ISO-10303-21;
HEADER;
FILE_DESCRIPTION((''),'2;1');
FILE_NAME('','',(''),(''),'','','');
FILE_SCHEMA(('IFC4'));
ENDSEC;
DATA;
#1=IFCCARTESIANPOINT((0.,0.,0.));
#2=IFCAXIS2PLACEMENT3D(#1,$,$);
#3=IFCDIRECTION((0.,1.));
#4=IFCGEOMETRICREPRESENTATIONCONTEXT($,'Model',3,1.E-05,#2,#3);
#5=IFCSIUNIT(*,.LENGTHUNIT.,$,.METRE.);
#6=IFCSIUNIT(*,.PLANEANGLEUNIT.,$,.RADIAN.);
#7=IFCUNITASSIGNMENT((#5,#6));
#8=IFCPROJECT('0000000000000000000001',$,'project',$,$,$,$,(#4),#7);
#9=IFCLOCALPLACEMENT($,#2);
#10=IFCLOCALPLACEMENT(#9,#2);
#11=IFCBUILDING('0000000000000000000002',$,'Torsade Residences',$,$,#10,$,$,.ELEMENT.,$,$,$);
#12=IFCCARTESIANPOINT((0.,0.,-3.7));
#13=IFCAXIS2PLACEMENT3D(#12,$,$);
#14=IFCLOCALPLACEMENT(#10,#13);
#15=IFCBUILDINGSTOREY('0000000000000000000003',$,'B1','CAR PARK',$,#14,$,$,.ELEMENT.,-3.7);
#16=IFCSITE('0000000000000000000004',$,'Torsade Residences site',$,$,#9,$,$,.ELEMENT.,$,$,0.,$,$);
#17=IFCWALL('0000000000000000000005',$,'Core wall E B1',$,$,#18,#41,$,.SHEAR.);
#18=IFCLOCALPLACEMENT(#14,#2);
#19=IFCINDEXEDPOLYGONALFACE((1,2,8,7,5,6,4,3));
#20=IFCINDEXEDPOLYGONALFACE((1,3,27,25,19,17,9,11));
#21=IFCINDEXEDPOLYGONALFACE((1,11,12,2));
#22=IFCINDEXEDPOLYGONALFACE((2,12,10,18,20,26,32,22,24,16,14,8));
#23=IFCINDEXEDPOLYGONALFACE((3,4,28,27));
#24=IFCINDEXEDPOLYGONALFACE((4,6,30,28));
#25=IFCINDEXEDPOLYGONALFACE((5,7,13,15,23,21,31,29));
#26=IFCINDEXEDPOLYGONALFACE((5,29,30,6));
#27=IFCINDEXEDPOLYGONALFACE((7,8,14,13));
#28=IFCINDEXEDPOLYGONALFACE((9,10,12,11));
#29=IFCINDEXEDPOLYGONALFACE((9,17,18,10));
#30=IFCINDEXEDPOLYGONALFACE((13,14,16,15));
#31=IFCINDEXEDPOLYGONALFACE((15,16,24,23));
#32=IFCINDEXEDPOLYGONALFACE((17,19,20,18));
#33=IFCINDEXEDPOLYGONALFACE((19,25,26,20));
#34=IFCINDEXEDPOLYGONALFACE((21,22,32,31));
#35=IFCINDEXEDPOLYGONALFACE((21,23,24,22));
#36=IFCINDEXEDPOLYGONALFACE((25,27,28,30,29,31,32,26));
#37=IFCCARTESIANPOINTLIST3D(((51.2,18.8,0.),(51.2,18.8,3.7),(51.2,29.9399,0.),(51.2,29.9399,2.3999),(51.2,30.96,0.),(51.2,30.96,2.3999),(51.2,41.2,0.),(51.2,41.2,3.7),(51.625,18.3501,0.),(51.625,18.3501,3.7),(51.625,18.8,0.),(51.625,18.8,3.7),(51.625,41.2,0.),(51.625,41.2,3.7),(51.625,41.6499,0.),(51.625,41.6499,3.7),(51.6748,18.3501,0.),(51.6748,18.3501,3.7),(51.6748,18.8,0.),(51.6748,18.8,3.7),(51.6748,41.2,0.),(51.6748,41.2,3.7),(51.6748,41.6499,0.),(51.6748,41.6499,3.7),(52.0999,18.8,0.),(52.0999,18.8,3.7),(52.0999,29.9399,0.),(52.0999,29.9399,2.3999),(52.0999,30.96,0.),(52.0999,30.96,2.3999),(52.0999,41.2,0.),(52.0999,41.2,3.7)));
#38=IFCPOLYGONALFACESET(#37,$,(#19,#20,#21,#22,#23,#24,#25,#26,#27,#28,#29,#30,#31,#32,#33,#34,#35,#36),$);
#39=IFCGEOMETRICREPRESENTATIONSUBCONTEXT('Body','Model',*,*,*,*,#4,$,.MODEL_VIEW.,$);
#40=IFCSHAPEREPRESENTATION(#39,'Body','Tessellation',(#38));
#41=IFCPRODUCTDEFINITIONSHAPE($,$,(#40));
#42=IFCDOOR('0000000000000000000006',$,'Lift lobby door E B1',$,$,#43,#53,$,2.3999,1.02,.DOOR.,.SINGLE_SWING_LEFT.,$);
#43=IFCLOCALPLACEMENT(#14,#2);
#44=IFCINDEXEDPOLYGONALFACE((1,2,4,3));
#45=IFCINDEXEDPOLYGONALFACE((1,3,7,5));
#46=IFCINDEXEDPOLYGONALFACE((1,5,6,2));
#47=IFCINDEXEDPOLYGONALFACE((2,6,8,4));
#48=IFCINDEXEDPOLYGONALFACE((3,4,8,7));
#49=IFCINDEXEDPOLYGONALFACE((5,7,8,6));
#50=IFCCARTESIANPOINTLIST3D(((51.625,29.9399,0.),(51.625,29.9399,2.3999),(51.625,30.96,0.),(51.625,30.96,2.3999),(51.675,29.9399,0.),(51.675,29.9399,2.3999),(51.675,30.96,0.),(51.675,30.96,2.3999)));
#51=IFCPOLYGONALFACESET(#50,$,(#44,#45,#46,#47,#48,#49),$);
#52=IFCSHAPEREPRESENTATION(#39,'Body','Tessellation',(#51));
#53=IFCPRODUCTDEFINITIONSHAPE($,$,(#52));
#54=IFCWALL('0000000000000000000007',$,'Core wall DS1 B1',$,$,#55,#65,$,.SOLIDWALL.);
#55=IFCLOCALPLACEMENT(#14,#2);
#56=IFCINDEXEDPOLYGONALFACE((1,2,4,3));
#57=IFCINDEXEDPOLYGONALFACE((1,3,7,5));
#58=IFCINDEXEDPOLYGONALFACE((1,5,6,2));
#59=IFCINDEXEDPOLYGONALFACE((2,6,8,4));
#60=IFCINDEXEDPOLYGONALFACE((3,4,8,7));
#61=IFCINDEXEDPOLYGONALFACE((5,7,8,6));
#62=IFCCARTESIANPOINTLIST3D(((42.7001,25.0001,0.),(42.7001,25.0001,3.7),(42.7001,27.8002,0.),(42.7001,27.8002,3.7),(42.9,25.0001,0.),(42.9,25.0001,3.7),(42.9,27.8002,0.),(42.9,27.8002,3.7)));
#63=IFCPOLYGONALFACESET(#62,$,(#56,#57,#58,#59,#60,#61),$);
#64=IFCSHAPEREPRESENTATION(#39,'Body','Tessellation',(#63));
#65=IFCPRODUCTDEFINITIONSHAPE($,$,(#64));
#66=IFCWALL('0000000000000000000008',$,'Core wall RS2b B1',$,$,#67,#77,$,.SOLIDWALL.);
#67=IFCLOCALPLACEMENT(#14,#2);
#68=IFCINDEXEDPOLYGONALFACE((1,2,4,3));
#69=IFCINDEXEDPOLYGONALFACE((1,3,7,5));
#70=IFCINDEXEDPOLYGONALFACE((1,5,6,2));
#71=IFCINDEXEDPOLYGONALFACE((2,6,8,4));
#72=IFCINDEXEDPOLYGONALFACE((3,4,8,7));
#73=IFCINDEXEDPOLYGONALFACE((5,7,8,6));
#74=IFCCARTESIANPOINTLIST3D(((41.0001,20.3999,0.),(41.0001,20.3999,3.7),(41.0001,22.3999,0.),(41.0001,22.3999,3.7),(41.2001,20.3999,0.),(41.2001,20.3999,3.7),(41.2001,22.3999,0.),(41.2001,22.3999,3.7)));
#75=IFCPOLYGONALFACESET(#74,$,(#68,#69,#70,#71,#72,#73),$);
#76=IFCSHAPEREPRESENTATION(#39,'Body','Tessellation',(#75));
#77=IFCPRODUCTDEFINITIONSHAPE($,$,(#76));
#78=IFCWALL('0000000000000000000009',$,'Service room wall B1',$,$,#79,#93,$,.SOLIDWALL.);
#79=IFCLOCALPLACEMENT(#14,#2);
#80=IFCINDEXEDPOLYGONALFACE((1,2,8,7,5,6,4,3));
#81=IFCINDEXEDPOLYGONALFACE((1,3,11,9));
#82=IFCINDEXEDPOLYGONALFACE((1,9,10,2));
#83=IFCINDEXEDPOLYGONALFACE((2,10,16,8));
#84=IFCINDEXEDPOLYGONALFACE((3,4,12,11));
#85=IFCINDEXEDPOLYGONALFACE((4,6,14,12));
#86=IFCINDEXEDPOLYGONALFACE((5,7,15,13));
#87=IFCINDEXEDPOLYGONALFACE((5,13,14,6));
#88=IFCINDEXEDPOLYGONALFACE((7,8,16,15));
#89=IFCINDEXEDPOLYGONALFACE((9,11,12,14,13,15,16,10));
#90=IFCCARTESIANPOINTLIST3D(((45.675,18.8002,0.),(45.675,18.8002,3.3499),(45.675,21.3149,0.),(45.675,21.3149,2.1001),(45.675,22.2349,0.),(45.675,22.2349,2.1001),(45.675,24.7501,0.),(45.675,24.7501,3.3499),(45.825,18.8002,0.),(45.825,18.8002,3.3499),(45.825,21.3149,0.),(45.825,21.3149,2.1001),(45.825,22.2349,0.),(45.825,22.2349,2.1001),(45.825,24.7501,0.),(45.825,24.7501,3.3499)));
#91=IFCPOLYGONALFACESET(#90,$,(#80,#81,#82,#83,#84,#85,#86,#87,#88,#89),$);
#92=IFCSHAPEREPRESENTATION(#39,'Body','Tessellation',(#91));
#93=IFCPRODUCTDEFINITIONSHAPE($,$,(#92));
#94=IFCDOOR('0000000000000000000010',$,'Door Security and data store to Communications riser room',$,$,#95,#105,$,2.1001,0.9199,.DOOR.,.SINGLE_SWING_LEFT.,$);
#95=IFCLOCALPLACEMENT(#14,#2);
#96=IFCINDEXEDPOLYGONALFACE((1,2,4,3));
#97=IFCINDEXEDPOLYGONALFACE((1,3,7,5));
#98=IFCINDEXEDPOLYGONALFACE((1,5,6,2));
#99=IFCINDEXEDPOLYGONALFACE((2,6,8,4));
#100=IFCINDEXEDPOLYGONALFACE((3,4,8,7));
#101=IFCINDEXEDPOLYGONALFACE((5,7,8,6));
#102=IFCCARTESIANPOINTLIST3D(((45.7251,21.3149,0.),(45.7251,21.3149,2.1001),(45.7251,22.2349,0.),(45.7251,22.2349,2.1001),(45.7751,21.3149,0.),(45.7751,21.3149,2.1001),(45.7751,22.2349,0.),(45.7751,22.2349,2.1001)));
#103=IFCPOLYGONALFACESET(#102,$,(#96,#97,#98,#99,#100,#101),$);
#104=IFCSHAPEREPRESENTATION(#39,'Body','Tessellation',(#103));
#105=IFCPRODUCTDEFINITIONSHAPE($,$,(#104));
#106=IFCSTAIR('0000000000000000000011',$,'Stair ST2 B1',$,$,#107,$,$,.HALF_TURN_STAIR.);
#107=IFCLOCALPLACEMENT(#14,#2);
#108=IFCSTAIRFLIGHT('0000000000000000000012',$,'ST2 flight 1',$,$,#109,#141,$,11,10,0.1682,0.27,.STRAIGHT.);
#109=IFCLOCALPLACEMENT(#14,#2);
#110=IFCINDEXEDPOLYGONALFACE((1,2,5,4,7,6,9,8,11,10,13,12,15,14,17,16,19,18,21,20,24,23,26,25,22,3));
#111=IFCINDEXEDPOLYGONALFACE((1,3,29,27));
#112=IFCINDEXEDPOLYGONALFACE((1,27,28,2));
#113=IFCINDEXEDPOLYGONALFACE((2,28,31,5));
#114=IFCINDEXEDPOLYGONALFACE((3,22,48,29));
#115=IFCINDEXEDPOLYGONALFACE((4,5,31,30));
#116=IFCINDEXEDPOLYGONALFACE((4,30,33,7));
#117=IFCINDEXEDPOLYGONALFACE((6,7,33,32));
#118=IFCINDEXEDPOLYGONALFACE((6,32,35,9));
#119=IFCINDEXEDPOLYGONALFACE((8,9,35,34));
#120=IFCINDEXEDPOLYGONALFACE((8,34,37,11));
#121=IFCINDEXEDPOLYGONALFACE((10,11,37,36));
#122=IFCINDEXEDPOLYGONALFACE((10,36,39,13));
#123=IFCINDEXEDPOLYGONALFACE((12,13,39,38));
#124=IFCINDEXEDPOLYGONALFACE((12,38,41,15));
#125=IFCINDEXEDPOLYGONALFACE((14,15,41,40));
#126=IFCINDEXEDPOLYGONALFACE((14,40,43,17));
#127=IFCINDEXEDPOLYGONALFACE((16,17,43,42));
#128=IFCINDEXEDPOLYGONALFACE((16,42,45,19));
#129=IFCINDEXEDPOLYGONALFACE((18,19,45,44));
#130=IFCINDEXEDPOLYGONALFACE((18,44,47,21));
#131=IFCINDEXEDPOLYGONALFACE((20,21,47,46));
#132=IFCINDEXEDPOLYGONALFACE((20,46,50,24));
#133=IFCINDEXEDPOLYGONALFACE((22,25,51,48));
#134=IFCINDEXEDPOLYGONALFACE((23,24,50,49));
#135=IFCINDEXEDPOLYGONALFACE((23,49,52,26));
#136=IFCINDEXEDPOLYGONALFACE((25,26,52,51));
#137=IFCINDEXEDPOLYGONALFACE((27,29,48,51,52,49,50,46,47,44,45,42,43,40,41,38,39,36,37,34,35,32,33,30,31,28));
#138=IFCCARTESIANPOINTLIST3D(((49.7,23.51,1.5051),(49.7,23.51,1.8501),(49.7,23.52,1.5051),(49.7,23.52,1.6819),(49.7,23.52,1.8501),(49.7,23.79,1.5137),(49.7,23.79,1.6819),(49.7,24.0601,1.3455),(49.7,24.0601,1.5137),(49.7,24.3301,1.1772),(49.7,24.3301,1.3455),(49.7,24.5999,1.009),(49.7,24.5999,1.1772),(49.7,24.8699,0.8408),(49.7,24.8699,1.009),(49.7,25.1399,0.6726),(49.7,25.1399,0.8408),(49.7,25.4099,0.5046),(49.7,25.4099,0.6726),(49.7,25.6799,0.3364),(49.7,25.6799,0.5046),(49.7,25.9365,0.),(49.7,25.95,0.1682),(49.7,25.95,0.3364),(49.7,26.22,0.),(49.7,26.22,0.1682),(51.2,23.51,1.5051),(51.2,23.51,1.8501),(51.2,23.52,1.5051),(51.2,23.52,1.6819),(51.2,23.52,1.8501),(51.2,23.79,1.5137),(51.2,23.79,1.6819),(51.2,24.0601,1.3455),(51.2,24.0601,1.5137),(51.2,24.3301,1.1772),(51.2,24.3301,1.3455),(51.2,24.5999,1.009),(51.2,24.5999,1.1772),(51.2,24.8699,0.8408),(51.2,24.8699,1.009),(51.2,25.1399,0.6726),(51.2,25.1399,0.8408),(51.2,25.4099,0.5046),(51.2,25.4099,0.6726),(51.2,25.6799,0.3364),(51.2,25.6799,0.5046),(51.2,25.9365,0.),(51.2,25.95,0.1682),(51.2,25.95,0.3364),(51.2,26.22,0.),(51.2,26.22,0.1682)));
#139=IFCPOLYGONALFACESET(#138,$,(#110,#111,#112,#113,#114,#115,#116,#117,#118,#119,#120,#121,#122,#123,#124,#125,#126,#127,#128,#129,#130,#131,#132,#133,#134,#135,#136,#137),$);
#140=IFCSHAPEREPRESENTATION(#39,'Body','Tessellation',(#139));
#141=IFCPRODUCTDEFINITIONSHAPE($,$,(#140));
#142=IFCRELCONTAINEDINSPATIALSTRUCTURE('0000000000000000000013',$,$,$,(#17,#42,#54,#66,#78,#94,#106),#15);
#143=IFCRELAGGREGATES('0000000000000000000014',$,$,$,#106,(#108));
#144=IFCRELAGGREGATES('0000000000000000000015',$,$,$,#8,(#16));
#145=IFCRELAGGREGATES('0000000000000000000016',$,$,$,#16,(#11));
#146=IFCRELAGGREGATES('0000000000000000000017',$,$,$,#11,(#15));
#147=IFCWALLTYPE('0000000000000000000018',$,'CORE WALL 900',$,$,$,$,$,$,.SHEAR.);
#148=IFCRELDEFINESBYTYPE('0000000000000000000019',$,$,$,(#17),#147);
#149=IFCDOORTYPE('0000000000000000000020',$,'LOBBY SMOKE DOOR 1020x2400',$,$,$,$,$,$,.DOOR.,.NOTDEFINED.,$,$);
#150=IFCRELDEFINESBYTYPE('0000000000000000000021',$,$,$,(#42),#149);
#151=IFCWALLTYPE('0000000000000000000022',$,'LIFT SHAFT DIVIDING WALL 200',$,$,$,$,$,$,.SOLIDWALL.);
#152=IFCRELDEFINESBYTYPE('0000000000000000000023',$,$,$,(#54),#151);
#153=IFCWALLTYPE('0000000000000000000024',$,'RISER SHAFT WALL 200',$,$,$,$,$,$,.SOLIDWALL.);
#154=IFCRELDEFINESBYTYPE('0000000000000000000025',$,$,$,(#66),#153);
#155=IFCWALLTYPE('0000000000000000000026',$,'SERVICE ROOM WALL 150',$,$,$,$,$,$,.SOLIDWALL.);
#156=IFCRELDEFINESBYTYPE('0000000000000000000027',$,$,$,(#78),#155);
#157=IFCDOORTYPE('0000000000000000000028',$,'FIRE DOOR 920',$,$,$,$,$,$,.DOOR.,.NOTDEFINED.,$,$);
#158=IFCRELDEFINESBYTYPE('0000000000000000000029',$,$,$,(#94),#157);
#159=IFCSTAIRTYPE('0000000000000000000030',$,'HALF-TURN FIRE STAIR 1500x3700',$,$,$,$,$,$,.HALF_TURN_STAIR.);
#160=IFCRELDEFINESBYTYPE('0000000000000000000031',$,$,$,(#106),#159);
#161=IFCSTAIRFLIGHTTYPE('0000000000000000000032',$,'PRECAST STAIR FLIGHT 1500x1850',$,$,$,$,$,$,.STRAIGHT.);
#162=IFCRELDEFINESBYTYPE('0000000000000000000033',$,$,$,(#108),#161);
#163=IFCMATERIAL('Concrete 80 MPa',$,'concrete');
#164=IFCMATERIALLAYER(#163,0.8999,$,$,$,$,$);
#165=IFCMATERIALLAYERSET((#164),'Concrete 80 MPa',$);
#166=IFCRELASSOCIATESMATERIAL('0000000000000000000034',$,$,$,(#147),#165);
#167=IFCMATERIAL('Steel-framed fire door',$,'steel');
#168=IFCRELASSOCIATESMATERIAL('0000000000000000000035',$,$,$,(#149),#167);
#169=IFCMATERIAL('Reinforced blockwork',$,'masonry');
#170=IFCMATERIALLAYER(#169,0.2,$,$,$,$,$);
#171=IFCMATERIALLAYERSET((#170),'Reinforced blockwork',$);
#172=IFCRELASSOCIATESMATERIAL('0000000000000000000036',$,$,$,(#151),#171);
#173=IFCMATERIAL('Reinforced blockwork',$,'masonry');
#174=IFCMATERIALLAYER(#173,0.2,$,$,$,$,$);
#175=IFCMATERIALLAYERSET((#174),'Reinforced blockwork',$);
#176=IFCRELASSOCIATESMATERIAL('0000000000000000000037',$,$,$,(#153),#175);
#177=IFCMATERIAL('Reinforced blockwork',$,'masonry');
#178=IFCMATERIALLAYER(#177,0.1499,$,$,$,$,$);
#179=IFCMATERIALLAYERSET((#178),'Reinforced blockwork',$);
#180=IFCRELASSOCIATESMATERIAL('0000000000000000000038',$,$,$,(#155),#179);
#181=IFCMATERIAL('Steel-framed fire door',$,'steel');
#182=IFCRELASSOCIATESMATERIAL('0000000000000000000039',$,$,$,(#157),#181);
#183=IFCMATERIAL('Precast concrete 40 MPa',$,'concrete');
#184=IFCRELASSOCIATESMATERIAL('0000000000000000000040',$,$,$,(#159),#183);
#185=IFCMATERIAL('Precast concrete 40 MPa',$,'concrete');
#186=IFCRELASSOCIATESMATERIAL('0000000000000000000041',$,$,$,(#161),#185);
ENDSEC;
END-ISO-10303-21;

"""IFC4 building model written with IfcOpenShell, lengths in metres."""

from ifc_helpers import new_model, si_unit, direction, frame, frame_2d, origin, place, context, subcontext, project, spatial, polyline, rectangle, outline, extrude, material, layer, layer_set, type_object, element, fill, aggregate, save


model = new_model("IFC4")

# Units and contexts
model_context = context("Model", 3, precision=1e-05, world=origin(), true_north=direction((0.0, 1.0)))
body_context = subcontext(model_context, "Body", "Model", "MODEL_VIEW")
ifc_project = project(units=[si_unit("LENGTHUNIT", "METRE"), si_unit("PLANEANGLEUNIT", "RADIAN")], contexts=[model_context])

# Site, building, storey
site_placement = place(None, origin())
site = spatial("IfcSite", under=ifc_project, at=site_placement, Name="Torsade Residences site", CompositionType="ELEMENT", RefElevation=0.0)
building_placement = place(site_placement, origin())
building = spatial("IfcBuilding", under=site, at=building_placement, Name="Torsade Residences", CompositionType="ELEMENT")
storey_placement = place(building_placement, frame((0.0, 0.0, -3.7)))
storey = spatial("IfcBuildingStorey", under=building, at=storey_placement, Name="B1", Description="CAR PARK", CompositionType="ELEMENT", Elevation=-3.7)

# Shared definitions
ifc_material_1 = material(Name="Concrete 80 MPa", Category="concrete")
ifc_layer_1 = layer(ifc_material_1, 0.8999)
ifc_layer_set_1 = layer_set([ifc_layer_1], Name="Concrete 80 MPa")
wall_type_1 = type_object("IfcWallType", Name="CORE WALL 900", PredefinedType="SHEAR", material=ifc_layer_set_1)

# Wall, opening, door
wall_1_placement = place(storey_placement, frame((51.6499, 18.8, 0.0), z_axis=(0.0, 0.0, 1.0), x_axis=(0.0, 1.0, 0.0)))
wall_1 = element("IfcWall", 1, at=wall_1_placement, inside=storey, type_object=wall_type_1, Name="Core wall E B1", PredefinedType="SHEAR", context=body_context, shape_type="SweptSolid", body=[
    extrude(outline(polyline([(0.0, -0.45), (22.3999, -0.45), (22.3999, -0.0249), (22.8499, -0.0249), (22.8499, 0.0249), (22.3999, 0.0249), (22.3999, 0.45), (0.0, 0.45), (0.0, 0.0249), (-0.45, 0.0249), (-0.45, -0.0249), (0.0, -0.0249), (0.0, -0.45)])), origin(), (0.0, 0.0, 1.0), 3.7),
])
opening_1_placement = place(wall_1_placement, frame((11.1399, 0.0, 0.0)))
opening_1 = element("IfcOpeningElement", 2, at=opening_1_placement, cuts=wall_1, PredefinedType="OPENING", context=body_context, shape_type="SweptSolid", body=[
    extrude(rectangle(XDim=1.02, YDim=2.3999, at=frame_2d((0.51, 1.2))), frame((0.0, 0.46, 0.0), z_axis=(0.0, -1.0, 0.0), x_axis=(1.0, 0.0, 0.0)), (0.0, 0.0, 1.0), 0.9199),
])
ifc_material_2 = material(Name="Steel-framed fire door", Category="steel")
door_type_1 = type_object("IfcDoorType", Name="LOBBY SMOKE DOOR 1020x2400", OperationType="NOTDEFINED", PredefinedType="DOOR", material=ifc_material_2)
door_1_placement = place(opening_1_placement, origin())
door_1 = element("IfcDoor", 3, at=door_1_placement, inside=storey, type_object=door_type_1, Name="Lift lobby door E B1", OperationType="SINGLE_SWING_LEFT", OverallHeight=2.3999, OverallWidth=1.02, PredefinedType="DOOR", context=body_context, shape_type="SweptSolid", body=[
    extrude(rectangle(XDim=1.02, YDim=2.3999, at=frame_2d((0.51, 1.2))), frame((0.0, 0.0249, 0.0), z_axis=(0.0, -1.0, 0.0), x_axis=(1.0, 0.0, 0.0)), (0.0, 0.0, 1.0), 0.05),
])
fill(opening_1, door_1)

# Walls
ifc_material_3 = material(Name="Reinforced blockwork", Category="masonry")
ifc_layer_2 = layer(ifc_material_3, 0.2)
ifc_layer_set_2 = layer_set([ifc_layer_2], Name="Reinforced blockwork")
wall_type_2 = type_object("IfcWallType", Name="LIFT SHAFT DIVIDING WALL 200", PredefinedType="SOLIDWALL", material=ifc_layer_set_2)
wall_2_placement = place(storey_placement, frame((42.8, 27.8, 0.0), z_axis=(0.0, 0.0, 1.0), x_axis=(0.0, -1.0, 0.0)))
element("IfcWall", 4, at=wall_2_placement, inside=storey, type_object=wall_type_2, Name="Core wall DS1 B1", PredefinedType="SOLIDWALL", context=body_context, shape_type="SweptSolid", body=[
    extrude(rectangle(XDim=2.8, YDim=0.2, at=frame_2d((1.3999, 0.0))), origin(), (0.0, 0.0, 1.0), 3.7),
])
ifc_material_4 = material(Name="Reinforced blockwork", Category="masonry")
ifc_layer_3 = layer(ifc_material_4, 0.2)
ifc_layer_set_3 = layer_set([ifc_layer_3], Name="Reinforced blockwork")
wall_type_3 = type_object("IfcWallType", Name="RISER SHAFT WALL 200", PredefinedType="SOLIDWALL", material=ifc_layer_set_3)
wall_3_placement = place(storey_placement, frame((41.1001, 22.3999, 0.0), z_axis=(0.0, 0.0, 1.0), x_axis=(0.0, -1.0, 0.0)))
element("IfcWall", 5, at=wall_3_placement, inside=storey, type_object=wall_type_3, Name="Core wall RS2b B1", PredefinedType="SOLIDWALL", context=body_context, shape_type="SweptSolid", body=[
    extrude(rectangle(XDim=2.0, YDim=0.2, at=frame_2d((1.0, 0.0))), origin(), (0.0, 0.0, 1.0), 3.7),
])

# Wall, opening, door
ifc_material_5 = material(Name="Reinforced blockwork", Category="masonry")
ifc_layer_4 = layer(ifc_material_5, 0.1499)
ifc_layer_set_4 = layer_set([ifc_layer_4], Name="Reinforced blockwork")
wall_type_4 = type_object("IfcWallType", Name="SERVICE ROOM WALL 150", PredefinedType="SOLIDWALL", material=ifc_layer_set_4)
wall_4_placement = place(storey_placement, frame((45.75, 18.8, 0.0), z_axis=(0.0, 0.0, 1.0), x_axis=(0.0, 1.0, 0.0)))
wall_4 = element("IfcWall", 6, at=wall_4_placement, inside=storey, type_object=wall_type_4, Name="Service room wall B1", PredefinedType="SOLIDWALL", context=body_context, shape_type="SweptSolid", body=[
    extrude(rectangle(XDim=5.95, YDim=0.1499, at=frame_2d((2.9751, 0.0))), origin(), (0.0, 0.0, 1.0), 3.3499),
])
opening_2_placement = place(wall_4_placement, frame((2.5149, 0.0, 0.0)))
opening_2 = element("IfcOpeningElement", 7, at=opening_2_placement, cuts=wall_4, PredefinedType="OPENING", context=body_context, shape_type="SweptSolid", body=[
    extrude(rectangle(XDim=0.9199, YDim=2.1001, at=frame_2d((0.46, 1.05))), frame((0.0, 0.085, 0.0), z_axis=(0.0, -1.0, 0.0), x_axis=(1.0, 0.0, 0.0)), (0.0, 0.0, 1.0), 0.1699),
])
ifc_material_6 = material(Name="Steel-framed fire door", Category="steel")
door_type_2 = type_object("IfcDoorType", Name="FIRE DOOR 920", OperationType="NOTDEFINED", PredefinedType="DOOR", material=ifc_material_6)
door_2_placement = place(opening_2_placement, origin())
door_2 = element("IfcDoor", 8, at=door_2_placement, inside=storey, type_object=door_type_2, Name="Door Security and data store to Communications riser room", OperationType="SINGLE_SWING_LEFT", OverallHeight=2.1001, OverallWidth=0.9199, PredefinedType="DOOR", context=body_context, shape_type="SweptSolid", body=[
    extrude(rectangle(XDim=0.9199, YDim=2.1001, at=frame_2d((0.46, 1.05))), frame((0.0, 0.0249, 0.0), z_axis=(0.0, -1.0, 0.0), x_axis=(1.0, 0.0, 0.0)), (0.0, 0.0, 1.0), 0.05),
])
fill(opening_2, door_2)

# Stair, stair flight
ifc_material_7 = material(Name="Precast concrete 40 MPa", Category="concrete")
stair_type = type_object("IfcStairType", Name="HALF-TURN FIRE STAIR 1500x3700", PredefinedType="HALF_TURN_STAIR", material=ifc_material_7)
stair_placement = place(storey_placement, origin())
stair = element("IfcStair", 9, at=stair_placement, inside=storey, type_object=stair_type, Name="Stair ST2 B1", PredefinedType="HALF_TURN_STAIR")
ifc_material_8 = material(Name="Precast concrete 40 MPa", Category="concrete")
stair_flight_type = type_object("IfcStairFlightType", Name="PRECAST STAIR FLIGHT 1500x1850", PredefinedType="STRAIGHT", material=ifc_material_8)
stair_flight_1_placement = place(storey_placement, frame((50.45, 26.22, 0.0), z_axis=(0.0, 0.0, 1.0), x_axis=(0.0, -1.0, 0.0)))
stair_flight_1 = element("IfcStairFlight", 10, at=stair_flight_1_placement, type_object=stair_flight_type, Name="ST2 flight 1", NumberOfRisers=11, NumberOfTreads=10, PredefinedType="STRAIGHT", RiserHeight=0.1682, TreadLength=0.27, context=body_context, shape_type="SweptSolid", body=[
    extrude(outline(polyline([(0.0, 0.0), (0.0, 0.1682), (0.27, 0.1682), (0.27, 0.3364), (0.54, 0.3364), (0.54, 0.5046), (0.8101, 0.5046), (0.8101, 0.6726), (1.0801, 0.6726), (1.0801, 0.8408), (1.3501, 0.8408), (1.3501, 1.009), (1.6201, 1.009), (1.6201, 1.1772), (1.8899, 1.1772), (1.8899, 1.3455), (2.1599, 1.3455), (2.1599, 1.5137), (2.4299, 1.5137), (2.4299, 1.6819), (2.7, 1.6819), (2.7, 1.8501), (2.71, 1.8501), (2.71, 1.5051), (2.7, 1.5051), (0.2834, 0.0), (0.0, 0.0)])), frame((0.0, 0.75, 0.0), z_axis=(0.0, -1.0, 0.0), x_axis=(1.0, 0.0, 0.0)), (0.0, 0.0, 1.0), 1.5),
])
aggregate(stair, [stair_flight_1])

save(model, "model.ifc")
